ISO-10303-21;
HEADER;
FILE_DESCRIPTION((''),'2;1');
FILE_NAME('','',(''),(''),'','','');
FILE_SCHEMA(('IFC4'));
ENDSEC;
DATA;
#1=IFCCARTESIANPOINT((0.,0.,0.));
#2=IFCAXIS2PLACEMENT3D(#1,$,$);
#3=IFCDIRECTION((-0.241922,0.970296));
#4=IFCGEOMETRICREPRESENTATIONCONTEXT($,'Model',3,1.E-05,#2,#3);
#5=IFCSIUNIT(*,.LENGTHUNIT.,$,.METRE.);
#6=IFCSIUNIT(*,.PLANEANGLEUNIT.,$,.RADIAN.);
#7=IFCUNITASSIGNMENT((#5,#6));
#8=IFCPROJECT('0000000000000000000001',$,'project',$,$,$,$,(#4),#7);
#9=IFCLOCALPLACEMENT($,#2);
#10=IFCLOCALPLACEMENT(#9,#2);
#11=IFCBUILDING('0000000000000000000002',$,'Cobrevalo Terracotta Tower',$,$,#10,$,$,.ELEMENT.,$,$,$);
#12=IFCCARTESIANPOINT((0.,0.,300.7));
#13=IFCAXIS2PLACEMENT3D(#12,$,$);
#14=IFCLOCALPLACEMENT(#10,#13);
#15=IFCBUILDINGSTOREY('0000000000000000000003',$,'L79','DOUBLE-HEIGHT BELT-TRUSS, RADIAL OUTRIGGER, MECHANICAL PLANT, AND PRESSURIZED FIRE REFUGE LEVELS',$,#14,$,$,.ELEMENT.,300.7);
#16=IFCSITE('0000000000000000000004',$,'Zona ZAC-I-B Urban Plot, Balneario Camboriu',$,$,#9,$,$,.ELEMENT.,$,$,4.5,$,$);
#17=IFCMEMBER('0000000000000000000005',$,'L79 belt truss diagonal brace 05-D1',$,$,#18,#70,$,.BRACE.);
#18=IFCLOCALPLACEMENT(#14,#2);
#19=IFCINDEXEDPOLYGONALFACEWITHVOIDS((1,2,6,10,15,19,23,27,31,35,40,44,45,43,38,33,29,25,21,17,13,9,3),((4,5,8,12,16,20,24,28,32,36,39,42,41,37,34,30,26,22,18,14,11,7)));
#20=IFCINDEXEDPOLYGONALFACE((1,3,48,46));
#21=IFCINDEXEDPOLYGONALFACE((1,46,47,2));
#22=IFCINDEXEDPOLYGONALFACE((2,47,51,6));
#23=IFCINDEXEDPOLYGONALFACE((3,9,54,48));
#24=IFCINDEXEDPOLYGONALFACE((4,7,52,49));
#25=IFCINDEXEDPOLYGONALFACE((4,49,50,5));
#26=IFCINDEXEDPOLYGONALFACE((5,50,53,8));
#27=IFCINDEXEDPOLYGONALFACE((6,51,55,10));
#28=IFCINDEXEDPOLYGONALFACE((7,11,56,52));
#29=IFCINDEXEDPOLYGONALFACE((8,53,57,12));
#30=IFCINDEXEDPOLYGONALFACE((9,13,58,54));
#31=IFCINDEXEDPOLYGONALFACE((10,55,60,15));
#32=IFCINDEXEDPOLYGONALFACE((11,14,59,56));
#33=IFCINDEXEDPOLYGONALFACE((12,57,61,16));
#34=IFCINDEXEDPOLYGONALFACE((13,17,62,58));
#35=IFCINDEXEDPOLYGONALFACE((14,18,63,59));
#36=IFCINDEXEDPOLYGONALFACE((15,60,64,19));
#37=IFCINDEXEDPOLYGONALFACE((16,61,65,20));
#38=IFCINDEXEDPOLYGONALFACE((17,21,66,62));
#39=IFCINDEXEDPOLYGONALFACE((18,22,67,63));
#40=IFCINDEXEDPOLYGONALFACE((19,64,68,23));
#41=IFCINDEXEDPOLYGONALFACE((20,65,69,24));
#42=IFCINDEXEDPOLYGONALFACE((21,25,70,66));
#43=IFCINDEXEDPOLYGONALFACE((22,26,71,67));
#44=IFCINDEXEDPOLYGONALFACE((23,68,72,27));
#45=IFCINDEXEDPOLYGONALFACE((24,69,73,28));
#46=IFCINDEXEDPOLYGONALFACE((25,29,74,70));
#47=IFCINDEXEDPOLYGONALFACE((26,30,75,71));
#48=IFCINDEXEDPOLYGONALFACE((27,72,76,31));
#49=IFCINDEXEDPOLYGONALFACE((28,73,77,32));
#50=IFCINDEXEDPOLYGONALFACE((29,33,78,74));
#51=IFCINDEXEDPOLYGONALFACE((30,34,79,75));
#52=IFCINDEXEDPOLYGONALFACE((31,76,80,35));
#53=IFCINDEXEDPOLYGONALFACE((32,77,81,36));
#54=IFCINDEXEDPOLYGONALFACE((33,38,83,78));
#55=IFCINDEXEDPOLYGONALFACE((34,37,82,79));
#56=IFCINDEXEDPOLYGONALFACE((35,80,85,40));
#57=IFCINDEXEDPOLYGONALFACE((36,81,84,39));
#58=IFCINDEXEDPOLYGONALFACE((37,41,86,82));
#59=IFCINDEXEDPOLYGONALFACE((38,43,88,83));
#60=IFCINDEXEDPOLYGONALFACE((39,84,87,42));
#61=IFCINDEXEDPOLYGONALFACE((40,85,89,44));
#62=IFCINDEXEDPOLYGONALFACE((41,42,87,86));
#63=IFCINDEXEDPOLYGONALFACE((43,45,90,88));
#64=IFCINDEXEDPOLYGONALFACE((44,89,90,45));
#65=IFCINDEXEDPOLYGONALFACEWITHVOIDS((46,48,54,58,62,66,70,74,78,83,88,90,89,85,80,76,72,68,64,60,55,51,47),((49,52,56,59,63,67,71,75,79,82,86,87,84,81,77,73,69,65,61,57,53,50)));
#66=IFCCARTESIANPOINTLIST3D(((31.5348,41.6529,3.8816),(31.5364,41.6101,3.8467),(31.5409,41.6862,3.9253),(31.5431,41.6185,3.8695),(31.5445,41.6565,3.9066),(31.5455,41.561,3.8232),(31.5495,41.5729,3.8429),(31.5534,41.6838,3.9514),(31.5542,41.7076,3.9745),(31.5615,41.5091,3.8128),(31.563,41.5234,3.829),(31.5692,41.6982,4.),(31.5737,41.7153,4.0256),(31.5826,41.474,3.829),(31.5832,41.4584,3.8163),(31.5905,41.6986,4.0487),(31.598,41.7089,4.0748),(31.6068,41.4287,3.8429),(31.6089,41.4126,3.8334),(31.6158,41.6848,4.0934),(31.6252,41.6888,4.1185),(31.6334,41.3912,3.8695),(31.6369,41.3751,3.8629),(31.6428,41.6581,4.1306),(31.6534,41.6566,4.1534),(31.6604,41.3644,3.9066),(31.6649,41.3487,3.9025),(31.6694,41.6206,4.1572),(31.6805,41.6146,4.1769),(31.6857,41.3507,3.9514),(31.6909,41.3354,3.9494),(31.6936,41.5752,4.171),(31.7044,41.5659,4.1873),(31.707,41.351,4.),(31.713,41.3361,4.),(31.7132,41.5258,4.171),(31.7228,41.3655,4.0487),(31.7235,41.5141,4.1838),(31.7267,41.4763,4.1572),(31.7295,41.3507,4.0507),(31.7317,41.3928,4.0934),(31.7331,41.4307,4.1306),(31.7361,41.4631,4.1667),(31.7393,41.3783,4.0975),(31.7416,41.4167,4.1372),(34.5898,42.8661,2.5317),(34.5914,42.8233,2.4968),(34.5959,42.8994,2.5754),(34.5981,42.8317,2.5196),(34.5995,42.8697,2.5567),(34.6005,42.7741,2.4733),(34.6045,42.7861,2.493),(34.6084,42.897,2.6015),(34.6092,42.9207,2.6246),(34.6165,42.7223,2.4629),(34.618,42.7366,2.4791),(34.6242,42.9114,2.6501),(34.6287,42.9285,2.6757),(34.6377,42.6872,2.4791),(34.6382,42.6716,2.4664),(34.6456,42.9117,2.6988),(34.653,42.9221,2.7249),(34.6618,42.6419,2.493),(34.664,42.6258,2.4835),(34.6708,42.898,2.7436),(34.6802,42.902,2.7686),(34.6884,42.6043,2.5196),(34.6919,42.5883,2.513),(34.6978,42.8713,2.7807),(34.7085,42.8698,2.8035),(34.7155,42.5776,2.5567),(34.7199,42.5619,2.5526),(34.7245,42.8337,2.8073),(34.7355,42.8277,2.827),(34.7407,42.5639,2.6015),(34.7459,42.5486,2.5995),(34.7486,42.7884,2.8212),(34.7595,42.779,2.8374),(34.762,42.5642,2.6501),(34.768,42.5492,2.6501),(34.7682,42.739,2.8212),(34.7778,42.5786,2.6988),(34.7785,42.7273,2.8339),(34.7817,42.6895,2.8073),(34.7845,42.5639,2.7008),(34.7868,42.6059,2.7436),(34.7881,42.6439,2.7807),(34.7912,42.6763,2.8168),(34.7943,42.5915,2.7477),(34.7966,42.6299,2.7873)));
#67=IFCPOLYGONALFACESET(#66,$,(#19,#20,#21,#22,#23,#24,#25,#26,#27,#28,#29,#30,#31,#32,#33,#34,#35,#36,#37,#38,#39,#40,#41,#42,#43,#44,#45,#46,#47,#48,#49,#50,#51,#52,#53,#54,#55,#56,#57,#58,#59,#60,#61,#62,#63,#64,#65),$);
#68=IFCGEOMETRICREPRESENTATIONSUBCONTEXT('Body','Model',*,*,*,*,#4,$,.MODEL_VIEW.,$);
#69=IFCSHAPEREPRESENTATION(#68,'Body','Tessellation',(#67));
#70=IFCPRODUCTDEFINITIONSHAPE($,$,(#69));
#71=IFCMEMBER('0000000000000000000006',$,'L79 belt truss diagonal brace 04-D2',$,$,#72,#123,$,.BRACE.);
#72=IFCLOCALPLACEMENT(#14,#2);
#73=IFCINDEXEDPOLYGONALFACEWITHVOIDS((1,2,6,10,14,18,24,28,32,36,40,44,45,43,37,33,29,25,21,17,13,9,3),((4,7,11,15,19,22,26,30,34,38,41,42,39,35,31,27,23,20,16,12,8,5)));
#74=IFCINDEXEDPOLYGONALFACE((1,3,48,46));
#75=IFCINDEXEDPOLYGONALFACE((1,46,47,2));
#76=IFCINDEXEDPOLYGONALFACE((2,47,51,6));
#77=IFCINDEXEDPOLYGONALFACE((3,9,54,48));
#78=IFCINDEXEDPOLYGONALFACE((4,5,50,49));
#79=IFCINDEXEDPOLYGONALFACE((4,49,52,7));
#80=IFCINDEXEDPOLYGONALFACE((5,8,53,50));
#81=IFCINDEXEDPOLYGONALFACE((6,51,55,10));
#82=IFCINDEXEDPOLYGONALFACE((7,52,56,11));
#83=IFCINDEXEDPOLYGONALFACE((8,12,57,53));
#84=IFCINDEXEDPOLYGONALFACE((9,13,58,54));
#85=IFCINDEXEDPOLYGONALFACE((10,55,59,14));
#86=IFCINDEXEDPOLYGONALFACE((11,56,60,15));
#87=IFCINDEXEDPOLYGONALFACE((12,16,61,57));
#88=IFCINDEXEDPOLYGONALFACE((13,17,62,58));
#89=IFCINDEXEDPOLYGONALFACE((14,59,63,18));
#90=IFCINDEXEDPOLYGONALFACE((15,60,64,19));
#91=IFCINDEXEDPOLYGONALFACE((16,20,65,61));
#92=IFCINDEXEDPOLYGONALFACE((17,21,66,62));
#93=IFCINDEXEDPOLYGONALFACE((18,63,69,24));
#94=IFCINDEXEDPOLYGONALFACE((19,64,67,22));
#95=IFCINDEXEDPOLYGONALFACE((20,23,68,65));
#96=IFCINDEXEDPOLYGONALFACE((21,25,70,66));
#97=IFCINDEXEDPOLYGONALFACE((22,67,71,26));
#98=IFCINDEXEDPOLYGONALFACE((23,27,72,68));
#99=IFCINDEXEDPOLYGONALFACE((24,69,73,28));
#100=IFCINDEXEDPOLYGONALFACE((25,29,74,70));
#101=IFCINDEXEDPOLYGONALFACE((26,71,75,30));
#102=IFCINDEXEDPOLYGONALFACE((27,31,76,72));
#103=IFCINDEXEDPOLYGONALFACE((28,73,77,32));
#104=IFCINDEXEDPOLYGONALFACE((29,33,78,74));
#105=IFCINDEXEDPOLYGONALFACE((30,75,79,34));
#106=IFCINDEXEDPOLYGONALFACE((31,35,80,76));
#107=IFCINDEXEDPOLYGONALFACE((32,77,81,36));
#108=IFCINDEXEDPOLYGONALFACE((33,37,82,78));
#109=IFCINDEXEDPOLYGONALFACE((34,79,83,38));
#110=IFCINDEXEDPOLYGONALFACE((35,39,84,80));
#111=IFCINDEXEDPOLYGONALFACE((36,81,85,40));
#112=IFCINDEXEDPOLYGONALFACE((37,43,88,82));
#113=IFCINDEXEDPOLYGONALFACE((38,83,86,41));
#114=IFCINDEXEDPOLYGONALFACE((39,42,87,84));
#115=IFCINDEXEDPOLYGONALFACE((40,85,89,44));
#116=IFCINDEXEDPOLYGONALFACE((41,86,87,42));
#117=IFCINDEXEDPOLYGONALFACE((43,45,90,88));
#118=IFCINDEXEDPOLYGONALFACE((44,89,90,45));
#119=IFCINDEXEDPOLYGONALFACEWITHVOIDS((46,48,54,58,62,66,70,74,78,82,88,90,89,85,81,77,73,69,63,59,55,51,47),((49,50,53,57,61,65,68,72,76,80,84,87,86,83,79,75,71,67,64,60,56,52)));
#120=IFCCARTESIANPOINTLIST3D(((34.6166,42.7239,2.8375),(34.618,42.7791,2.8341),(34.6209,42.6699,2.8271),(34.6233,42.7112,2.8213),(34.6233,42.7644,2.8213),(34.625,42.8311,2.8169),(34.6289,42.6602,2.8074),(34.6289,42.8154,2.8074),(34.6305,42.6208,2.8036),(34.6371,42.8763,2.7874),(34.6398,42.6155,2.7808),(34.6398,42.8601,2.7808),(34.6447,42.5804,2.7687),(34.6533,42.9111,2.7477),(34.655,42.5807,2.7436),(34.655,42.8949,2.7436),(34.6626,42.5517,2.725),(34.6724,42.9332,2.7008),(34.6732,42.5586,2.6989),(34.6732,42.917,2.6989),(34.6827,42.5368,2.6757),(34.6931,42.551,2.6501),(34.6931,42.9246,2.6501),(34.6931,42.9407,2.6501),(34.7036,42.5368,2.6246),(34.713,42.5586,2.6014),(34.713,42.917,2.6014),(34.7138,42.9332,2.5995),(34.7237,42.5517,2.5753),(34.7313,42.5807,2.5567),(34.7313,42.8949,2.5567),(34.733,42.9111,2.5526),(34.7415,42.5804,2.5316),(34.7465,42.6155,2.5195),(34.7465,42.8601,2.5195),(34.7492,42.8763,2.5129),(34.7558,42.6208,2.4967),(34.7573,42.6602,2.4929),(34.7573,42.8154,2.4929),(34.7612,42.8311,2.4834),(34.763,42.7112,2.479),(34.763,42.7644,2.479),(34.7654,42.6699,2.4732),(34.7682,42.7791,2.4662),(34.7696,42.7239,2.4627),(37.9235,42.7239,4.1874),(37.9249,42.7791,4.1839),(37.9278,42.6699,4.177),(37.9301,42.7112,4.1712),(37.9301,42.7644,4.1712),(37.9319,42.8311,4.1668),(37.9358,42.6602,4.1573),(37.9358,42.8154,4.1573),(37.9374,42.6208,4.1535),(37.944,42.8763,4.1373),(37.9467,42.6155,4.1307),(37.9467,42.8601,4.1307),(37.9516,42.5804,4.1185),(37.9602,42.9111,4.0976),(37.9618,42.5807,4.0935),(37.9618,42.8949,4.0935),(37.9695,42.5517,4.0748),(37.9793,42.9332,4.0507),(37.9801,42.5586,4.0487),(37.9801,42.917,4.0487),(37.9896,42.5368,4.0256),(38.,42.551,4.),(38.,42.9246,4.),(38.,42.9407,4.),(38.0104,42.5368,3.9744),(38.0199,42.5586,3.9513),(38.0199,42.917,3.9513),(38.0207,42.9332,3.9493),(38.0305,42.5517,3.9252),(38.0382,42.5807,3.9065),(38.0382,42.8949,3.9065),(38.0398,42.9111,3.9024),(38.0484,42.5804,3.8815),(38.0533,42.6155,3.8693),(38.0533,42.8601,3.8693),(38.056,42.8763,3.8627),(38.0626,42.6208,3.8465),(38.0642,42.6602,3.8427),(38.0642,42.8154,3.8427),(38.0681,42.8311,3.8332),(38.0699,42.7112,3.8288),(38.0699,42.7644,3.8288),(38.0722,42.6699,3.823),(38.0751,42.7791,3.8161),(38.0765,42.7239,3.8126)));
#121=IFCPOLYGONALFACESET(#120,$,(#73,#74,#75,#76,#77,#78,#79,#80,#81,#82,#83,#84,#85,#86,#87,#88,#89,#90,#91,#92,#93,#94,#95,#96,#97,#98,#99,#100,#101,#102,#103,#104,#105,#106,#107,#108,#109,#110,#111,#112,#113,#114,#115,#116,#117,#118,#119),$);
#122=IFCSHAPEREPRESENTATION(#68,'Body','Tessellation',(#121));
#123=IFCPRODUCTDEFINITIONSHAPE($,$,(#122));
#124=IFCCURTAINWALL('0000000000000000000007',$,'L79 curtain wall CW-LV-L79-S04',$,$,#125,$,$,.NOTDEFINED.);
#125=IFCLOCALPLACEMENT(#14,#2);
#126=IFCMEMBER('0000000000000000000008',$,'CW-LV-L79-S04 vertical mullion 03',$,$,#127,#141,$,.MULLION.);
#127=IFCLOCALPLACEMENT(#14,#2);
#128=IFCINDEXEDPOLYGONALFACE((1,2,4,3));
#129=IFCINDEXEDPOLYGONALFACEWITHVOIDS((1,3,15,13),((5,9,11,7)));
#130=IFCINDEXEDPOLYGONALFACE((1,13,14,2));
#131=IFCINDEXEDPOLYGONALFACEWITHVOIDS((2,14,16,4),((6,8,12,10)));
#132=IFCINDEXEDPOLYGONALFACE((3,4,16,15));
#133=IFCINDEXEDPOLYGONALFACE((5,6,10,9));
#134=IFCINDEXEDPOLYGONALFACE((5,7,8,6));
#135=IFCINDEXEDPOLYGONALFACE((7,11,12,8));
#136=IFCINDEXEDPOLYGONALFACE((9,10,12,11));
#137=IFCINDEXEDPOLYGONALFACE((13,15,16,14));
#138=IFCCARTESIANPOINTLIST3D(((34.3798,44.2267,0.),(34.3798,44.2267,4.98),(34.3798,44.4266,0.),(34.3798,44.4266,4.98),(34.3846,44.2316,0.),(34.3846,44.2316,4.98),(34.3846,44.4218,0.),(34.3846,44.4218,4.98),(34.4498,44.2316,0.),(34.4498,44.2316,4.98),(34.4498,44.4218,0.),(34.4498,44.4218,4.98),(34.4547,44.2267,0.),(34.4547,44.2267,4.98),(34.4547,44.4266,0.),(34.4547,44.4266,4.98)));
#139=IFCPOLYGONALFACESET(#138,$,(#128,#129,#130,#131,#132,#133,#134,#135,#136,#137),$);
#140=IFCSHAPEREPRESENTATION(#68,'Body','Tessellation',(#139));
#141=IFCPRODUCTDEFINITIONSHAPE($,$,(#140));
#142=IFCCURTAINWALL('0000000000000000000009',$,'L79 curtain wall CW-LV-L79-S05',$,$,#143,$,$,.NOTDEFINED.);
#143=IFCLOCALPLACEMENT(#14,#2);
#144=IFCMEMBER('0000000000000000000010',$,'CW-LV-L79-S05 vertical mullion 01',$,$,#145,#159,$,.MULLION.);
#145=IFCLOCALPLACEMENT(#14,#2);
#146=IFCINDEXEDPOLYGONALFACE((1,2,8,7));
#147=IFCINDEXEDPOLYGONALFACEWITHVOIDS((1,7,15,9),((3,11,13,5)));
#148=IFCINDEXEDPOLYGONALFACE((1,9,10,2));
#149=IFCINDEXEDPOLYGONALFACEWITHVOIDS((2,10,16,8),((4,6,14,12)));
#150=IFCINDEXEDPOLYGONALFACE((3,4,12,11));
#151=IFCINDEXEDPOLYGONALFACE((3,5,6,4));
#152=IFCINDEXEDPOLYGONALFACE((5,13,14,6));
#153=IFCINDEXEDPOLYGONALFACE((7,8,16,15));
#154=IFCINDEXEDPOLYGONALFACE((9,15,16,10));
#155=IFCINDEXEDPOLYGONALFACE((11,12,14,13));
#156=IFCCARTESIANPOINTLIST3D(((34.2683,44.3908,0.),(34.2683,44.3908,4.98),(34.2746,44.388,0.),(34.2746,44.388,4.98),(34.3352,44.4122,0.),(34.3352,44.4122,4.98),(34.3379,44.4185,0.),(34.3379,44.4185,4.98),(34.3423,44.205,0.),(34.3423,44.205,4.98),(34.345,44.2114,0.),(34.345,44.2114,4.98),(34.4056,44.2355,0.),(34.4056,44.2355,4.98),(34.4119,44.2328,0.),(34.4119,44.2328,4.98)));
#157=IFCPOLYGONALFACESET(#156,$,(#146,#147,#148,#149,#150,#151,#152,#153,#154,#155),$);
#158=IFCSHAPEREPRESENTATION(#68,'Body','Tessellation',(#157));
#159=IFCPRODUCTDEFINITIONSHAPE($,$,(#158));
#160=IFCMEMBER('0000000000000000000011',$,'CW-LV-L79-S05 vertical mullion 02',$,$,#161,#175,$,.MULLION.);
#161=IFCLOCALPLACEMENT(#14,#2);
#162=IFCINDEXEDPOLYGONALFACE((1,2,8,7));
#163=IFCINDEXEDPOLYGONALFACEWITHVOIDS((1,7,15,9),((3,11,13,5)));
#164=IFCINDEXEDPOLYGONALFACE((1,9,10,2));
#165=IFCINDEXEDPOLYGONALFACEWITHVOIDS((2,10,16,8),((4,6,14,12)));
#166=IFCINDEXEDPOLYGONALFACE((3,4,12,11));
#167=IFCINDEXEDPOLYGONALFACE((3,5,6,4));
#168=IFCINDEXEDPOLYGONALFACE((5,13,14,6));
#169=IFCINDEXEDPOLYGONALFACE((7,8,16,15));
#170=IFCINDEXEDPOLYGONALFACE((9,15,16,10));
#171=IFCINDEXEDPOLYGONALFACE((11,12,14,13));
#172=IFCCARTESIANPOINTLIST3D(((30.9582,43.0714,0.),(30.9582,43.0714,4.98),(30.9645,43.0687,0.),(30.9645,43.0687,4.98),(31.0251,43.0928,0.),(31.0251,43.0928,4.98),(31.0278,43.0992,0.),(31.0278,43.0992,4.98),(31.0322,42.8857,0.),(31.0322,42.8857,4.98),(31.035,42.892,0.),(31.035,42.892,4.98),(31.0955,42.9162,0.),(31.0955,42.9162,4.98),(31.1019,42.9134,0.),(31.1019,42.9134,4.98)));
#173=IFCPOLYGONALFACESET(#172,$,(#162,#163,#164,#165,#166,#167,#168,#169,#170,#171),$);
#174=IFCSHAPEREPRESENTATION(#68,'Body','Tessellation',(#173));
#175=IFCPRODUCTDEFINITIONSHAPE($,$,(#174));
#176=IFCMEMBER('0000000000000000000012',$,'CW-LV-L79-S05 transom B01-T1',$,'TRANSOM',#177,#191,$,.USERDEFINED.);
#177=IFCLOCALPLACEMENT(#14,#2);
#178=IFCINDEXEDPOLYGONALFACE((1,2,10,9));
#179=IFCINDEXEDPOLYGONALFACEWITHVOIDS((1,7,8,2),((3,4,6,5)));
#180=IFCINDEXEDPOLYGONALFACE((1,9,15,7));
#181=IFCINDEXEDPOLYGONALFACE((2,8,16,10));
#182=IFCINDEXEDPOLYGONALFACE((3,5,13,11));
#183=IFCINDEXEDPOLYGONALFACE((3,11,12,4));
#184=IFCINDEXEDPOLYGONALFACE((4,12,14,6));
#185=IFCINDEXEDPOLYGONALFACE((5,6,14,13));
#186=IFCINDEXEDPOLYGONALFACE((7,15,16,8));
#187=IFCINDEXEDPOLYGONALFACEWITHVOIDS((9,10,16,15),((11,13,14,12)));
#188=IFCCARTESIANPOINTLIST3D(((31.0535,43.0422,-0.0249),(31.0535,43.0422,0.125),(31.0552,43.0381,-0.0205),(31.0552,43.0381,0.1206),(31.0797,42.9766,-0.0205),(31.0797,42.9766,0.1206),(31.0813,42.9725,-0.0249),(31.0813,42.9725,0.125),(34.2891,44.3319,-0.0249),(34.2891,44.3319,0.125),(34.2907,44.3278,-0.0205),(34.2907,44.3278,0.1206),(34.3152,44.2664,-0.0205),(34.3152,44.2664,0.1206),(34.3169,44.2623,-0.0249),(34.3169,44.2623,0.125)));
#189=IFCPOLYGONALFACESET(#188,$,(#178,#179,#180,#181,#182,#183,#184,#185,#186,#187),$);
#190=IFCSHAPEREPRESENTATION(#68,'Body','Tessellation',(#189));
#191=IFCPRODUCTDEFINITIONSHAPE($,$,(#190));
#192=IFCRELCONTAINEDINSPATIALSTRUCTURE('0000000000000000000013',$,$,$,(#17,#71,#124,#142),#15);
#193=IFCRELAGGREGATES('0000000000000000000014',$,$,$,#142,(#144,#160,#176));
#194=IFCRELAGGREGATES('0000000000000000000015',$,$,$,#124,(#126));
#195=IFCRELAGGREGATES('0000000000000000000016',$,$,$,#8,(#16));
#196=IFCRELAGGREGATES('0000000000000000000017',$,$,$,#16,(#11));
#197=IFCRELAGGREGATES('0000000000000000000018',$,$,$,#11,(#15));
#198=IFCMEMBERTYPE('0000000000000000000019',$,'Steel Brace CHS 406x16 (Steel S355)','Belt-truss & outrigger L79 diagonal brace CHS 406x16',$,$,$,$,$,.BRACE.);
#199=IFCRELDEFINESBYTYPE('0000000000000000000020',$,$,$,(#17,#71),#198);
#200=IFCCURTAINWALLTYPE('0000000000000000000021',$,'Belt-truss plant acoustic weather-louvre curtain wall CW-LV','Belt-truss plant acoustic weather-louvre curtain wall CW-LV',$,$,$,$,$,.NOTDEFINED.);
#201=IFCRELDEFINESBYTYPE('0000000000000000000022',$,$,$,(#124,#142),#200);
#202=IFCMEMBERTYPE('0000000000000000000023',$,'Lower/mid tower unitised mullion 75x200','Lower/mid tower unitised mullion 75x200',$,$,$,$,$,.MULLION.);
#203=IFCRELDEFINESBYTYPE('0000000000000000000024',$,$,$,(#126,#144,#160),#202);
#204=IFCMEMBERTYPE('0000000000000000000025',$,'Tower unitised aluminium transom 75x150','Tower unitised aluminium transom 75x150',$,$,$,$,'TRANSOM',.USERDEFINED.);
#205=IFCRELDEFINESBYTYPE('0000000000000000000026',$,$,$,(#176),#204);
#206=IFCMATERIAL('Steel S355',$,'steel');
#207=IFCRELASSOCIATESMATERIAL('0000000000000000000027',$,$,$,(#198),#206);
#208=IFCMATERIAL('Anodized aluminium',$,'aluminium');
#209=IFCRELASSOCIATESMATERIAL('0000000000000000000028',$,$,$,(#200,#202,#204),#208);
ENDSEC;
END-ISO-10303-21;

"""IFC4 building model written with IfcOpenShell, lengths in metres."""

from ifc_helpers import new_model, si_unit, direction, frame, origin, origin_2d, place, context, subcontext, project, spatial, hollow_rectangle, hollow_circle, extrude, source, transform, mapped, material, material_profile, profile_set, type_object, element, aggregate, save


model = new_model("IFC4")

# Units and contexts
model_context = context("Model", 3, precision=1e-05, world=origin(), true_north=direction((-0.241922, 0.970296)))
body_context = subcontext(model_context, "Body", "Model", "MODEL_VIEW")
ifc_project = project(units=[si_unit("LENGTHUNIT", "METRE"), si_unit("PLANEANGLEUNIT", "RADIAN")], contexts=[model_context])

# Site, building, storey
site_placement = place(None, origin())
site = spatial("IfcSite", under=ifc_project, at=site_placement, Name="Zona ZAC-I-B Urban Plot, Balneario Camboriu", CompositionType="ELEMENT", RefElevation=4.5)
building_placement = place(site_placement, origin())
building = spatial("IfcBuilding", under=site, at=building_placement, Name="Cobrevalo Terracotta Tower", CompositionType="ELEMENT")
storey_placement = place(building_placement, frame((0.0, 0.0, 300.7)))
storey = spatial("IfcBuildingStorey", under=building, at=storey_placement, Name="L79", Description="DOUBLE-HEIGHT BELT-TRUSS, RADIAL OUTRIGGER, MECHANICAL PLANT, AND PRESSURIZED FIRE REFUGE LEVELS", CompositionType="ELEMENT", Elevation=300.7)

# Shared definitions
ifc_material_1 = material(Name="Steel S355", Category="steel")

# Members
ifc_material_profile_1 = material_profile(ifc_material_1, hollow_circle(Radius=0.2029, WallThickness=0.0161, at=origin_2d()), Name="CHS 406x16")
ifc_profile_set_1 = profile_set([ifc_material_profile_1], Name="Steel S355")
member_type_1 = type_object("IfcMemberType", Name="Steel Brace CHS 406x16 (Steel S355)", Description="Belt-truss & outrigger L79 diagonal brace CHS 406x16", PredefinedType="BRACE", material=ifc_profile_set_1)
shared_shape_1 = source(origin(), body_context, "Body", "SweptSolid", [
    extrude(hollow_circle(Radius=0.2029, WallThickness=0.0161, at=origin_2d()), origin(), (0.0, 0.0, 1.0), 3.5535),
])
member_1_placement = place(storey_placement, frame((34.6931, 42.7378, 2.6501), z_axis=(-0.859729, -0.341404, 0.37988), x_axis=(0.369072, -0.929401, 0.0)))
element("IfcMember", 1, at=member_1_placement, inside=storey, type_object=member_type_1, Name="L79 belt truss diagonal brace 05-D1", PredefinedType="BRACE", context=body_context, shape_type="MappedRepresentation", body=[
    mapped(shared_shape_1, transform((0.0, 0.0, 0.0), scale=1.0)),
])
shared_shape_2 = source(origin(), body_context, "Body", "SweptSolid", [
    extrude(hollow_circle(Radius=0.2029, WallThickness=0.0161, at=origin_2d()), origin(), (0.0, 0.0, 1.0), 3.5718),
])
member_2_placement = place(storey_placement, frame((34.6931, 42.7378, 2.6501), z_axis=(0.925837, 0.0, 0.377922), x_axis=(0.0, 1.0, 0.0)))
element("IfcMember", 2, at=member_2_placement, inside=storey, type_object=member_type_1, Name="L79 belt truss diagonal brace 04-D2", PredefinedType="BRACE", context=body_context, shape_type="MappedRepresentation", body=[
    mapped(shared_shape_2, transform((0.0, 0.0, 0.0), scale=1.0)),
])

# Curtain wall, member
ifc_material_2 = material(Name="Anodized aluminium", Category="aluminium")
curtain_wall_type = type_object("IfcCurtainWallType", Name="Belt-truss plant acoustic weather-louvre curtain wall CW-LV", Description="Belt-truss plant acoustic weather-louvre curtain wall CW-LV", PredefinedType="NOTDEFINED", material=ifc_material_2)
curtain_wall_1_placement = place(storey_placement, origin())
curtain_wall_1 = element("IfcCurtainWall", 3, at=curtain_wall_1_placement, inside=storey, type_object=curtain_wall_type, Name="L79 curtain wall CW-LV-L79-S04", PredefinedType="NOTDEFINED")
ifc_material_profile_2 = material_profile(ifc_material_2, hollow_rectangle(XDim=0.075, YDim=0.2, WallThickness=0.0049, at=origin_2d()), Name="CWM 75x200")
ifc_profile_set_2 = profile_set([ifc_material_profile_2], Name="Anodized aluminium")
member_type_2 = type_object("IfcMemberType", Name="Lower/mid tower unitised mullion 75x200", Description="Lower/mid tower unitised mullion 75x200", PredefinedType="MULLION", material=ifc_profile_set_2)
shared_shape_3 = source(origin(), body_context, "Body", "SweptSolid", [
    extrude(hollow_rectangle(XDim=0.075, YDim=0.2, WallThickness=0.0049, at=origin_2d()), origin(), (0.0, 0.0, 1.0), 4.98),
])
member_3_placement = place(storey_placement, frame((34.4172, 44.3267, 0.0), z_axis=(0.0, 0.0, 1.0), x_axis=(-1.0, 0.0, 0.0)))
member_3 = element("IfcMember", 4, at=member_3_placement, type_object=member_type_2, Name="CW-LV-L79-S04 vertical mullion 03", PredefinedType="MULLION", context=body_context, shape_type="MappedRepresentation", body=[
    mapped(shared_shape_3, transform((0.0, 0.0, 0.0), scale=1.0)),
])

# Curtain wall, members
curtain_wall_2_placement = place(storey_placement, origin())
curtain_wall_2 = element("IfcCurtainWall", 5, at=curtain_wall_2_placement, inside=storey, type_object=curtain_wall_type, Name="L79 curtain wall CW-LV-L79-S05", PredefinedType="NOTDEFINED")
member_4_placement = place(storey_placement, frame((34.3401, 44.3118, 0.0), z_axis=(0.0, 0.0, 1.0), x_axis=(-0.928926, -0.370266, 0.0)))
member_4 = element("IfcMember", 6, at=member_4_placement, type_object=member_type_2, Name="CW-LV-L79-S05 vertical mullion 01", PredefinedType="MULLION", context=body_context, shape_type="MappedRepresentation", body=[
    mapped(shared_shape_3, transform((0.0, 0.0, 0.0), scale=1.0)),
])
member_5_placement = place(storey_placement, frame((31.03, 42.9924, 0.0), z_axis=(0.0, 0.0, 1.0), x_axis=(-0.928926, -0.370266, 0.0)))
member_5 = element("IfcMember", 7, at=member_5_placement, type_object=member_type_2, Name="CW-LV-L79-S05 vertical mullion 02", PredefinedType="MULLION", context=body_context, shape_type="MappedRepresentation", body=[
    mapped(shared_shape_3, transform((0.0, 0.0, 0.0), scale=1.0)),
])
ifc_material_profile_3 = material_profile(ifc_material_2, hollow_rectangle(XDim=0.075, YDim=0.1499, WallThickness=0.0044, at=origin_2d()), Name="CWT 75x150")
ifc_profile_set_3 = profile_set([ifc_material_profile_3], Name="Anodized aluminium")
member_type_3 = type_object("IfcMemberType", Name="Tower unitised aluminium transom 75x150", Description="Tower unitised aluminium transom 75x150", ElementType="TRANSOM", PredefinedType="USERDEFINED", material=ifc_profile_set_3)
shared_shape_4 = source(origin(), body_context, "Body", "SweptSolid", [
    extrude(hollow_rectangle(XDim=0.075, YDim=0.1499, WallThickness=0.0044, at=origin_2d()), origin(), (0.0, 0.0, 1.0), 3.4832),
])
member_6_placement = place(storey_placement, frame((34.303, 44.2971, 0.05), z_axis=(-0.928916, -0.370291, 0.0), x_axis=(0.370291, -0.928916, 0.0)))
member_6 = element("IfcMember", 8, at=member_6_placement, type_object=member_type_3, Name="CW-LV-L79-S05 transom B01-T1", ObjectType="TRANSOM", PredefinedType="USERDEFINED", context=body_context, shape_type="MappedRepresentation", body=[
    mapped(shared_shape_4, transform((0.0, 0.0, 0.0), scale=1.0)),
])

aggregate(curtain_wall_2, [member_4, member_5, member_6])
aggregate(curtain_wall_1, [member_3])

save(model, "model.ifc")
